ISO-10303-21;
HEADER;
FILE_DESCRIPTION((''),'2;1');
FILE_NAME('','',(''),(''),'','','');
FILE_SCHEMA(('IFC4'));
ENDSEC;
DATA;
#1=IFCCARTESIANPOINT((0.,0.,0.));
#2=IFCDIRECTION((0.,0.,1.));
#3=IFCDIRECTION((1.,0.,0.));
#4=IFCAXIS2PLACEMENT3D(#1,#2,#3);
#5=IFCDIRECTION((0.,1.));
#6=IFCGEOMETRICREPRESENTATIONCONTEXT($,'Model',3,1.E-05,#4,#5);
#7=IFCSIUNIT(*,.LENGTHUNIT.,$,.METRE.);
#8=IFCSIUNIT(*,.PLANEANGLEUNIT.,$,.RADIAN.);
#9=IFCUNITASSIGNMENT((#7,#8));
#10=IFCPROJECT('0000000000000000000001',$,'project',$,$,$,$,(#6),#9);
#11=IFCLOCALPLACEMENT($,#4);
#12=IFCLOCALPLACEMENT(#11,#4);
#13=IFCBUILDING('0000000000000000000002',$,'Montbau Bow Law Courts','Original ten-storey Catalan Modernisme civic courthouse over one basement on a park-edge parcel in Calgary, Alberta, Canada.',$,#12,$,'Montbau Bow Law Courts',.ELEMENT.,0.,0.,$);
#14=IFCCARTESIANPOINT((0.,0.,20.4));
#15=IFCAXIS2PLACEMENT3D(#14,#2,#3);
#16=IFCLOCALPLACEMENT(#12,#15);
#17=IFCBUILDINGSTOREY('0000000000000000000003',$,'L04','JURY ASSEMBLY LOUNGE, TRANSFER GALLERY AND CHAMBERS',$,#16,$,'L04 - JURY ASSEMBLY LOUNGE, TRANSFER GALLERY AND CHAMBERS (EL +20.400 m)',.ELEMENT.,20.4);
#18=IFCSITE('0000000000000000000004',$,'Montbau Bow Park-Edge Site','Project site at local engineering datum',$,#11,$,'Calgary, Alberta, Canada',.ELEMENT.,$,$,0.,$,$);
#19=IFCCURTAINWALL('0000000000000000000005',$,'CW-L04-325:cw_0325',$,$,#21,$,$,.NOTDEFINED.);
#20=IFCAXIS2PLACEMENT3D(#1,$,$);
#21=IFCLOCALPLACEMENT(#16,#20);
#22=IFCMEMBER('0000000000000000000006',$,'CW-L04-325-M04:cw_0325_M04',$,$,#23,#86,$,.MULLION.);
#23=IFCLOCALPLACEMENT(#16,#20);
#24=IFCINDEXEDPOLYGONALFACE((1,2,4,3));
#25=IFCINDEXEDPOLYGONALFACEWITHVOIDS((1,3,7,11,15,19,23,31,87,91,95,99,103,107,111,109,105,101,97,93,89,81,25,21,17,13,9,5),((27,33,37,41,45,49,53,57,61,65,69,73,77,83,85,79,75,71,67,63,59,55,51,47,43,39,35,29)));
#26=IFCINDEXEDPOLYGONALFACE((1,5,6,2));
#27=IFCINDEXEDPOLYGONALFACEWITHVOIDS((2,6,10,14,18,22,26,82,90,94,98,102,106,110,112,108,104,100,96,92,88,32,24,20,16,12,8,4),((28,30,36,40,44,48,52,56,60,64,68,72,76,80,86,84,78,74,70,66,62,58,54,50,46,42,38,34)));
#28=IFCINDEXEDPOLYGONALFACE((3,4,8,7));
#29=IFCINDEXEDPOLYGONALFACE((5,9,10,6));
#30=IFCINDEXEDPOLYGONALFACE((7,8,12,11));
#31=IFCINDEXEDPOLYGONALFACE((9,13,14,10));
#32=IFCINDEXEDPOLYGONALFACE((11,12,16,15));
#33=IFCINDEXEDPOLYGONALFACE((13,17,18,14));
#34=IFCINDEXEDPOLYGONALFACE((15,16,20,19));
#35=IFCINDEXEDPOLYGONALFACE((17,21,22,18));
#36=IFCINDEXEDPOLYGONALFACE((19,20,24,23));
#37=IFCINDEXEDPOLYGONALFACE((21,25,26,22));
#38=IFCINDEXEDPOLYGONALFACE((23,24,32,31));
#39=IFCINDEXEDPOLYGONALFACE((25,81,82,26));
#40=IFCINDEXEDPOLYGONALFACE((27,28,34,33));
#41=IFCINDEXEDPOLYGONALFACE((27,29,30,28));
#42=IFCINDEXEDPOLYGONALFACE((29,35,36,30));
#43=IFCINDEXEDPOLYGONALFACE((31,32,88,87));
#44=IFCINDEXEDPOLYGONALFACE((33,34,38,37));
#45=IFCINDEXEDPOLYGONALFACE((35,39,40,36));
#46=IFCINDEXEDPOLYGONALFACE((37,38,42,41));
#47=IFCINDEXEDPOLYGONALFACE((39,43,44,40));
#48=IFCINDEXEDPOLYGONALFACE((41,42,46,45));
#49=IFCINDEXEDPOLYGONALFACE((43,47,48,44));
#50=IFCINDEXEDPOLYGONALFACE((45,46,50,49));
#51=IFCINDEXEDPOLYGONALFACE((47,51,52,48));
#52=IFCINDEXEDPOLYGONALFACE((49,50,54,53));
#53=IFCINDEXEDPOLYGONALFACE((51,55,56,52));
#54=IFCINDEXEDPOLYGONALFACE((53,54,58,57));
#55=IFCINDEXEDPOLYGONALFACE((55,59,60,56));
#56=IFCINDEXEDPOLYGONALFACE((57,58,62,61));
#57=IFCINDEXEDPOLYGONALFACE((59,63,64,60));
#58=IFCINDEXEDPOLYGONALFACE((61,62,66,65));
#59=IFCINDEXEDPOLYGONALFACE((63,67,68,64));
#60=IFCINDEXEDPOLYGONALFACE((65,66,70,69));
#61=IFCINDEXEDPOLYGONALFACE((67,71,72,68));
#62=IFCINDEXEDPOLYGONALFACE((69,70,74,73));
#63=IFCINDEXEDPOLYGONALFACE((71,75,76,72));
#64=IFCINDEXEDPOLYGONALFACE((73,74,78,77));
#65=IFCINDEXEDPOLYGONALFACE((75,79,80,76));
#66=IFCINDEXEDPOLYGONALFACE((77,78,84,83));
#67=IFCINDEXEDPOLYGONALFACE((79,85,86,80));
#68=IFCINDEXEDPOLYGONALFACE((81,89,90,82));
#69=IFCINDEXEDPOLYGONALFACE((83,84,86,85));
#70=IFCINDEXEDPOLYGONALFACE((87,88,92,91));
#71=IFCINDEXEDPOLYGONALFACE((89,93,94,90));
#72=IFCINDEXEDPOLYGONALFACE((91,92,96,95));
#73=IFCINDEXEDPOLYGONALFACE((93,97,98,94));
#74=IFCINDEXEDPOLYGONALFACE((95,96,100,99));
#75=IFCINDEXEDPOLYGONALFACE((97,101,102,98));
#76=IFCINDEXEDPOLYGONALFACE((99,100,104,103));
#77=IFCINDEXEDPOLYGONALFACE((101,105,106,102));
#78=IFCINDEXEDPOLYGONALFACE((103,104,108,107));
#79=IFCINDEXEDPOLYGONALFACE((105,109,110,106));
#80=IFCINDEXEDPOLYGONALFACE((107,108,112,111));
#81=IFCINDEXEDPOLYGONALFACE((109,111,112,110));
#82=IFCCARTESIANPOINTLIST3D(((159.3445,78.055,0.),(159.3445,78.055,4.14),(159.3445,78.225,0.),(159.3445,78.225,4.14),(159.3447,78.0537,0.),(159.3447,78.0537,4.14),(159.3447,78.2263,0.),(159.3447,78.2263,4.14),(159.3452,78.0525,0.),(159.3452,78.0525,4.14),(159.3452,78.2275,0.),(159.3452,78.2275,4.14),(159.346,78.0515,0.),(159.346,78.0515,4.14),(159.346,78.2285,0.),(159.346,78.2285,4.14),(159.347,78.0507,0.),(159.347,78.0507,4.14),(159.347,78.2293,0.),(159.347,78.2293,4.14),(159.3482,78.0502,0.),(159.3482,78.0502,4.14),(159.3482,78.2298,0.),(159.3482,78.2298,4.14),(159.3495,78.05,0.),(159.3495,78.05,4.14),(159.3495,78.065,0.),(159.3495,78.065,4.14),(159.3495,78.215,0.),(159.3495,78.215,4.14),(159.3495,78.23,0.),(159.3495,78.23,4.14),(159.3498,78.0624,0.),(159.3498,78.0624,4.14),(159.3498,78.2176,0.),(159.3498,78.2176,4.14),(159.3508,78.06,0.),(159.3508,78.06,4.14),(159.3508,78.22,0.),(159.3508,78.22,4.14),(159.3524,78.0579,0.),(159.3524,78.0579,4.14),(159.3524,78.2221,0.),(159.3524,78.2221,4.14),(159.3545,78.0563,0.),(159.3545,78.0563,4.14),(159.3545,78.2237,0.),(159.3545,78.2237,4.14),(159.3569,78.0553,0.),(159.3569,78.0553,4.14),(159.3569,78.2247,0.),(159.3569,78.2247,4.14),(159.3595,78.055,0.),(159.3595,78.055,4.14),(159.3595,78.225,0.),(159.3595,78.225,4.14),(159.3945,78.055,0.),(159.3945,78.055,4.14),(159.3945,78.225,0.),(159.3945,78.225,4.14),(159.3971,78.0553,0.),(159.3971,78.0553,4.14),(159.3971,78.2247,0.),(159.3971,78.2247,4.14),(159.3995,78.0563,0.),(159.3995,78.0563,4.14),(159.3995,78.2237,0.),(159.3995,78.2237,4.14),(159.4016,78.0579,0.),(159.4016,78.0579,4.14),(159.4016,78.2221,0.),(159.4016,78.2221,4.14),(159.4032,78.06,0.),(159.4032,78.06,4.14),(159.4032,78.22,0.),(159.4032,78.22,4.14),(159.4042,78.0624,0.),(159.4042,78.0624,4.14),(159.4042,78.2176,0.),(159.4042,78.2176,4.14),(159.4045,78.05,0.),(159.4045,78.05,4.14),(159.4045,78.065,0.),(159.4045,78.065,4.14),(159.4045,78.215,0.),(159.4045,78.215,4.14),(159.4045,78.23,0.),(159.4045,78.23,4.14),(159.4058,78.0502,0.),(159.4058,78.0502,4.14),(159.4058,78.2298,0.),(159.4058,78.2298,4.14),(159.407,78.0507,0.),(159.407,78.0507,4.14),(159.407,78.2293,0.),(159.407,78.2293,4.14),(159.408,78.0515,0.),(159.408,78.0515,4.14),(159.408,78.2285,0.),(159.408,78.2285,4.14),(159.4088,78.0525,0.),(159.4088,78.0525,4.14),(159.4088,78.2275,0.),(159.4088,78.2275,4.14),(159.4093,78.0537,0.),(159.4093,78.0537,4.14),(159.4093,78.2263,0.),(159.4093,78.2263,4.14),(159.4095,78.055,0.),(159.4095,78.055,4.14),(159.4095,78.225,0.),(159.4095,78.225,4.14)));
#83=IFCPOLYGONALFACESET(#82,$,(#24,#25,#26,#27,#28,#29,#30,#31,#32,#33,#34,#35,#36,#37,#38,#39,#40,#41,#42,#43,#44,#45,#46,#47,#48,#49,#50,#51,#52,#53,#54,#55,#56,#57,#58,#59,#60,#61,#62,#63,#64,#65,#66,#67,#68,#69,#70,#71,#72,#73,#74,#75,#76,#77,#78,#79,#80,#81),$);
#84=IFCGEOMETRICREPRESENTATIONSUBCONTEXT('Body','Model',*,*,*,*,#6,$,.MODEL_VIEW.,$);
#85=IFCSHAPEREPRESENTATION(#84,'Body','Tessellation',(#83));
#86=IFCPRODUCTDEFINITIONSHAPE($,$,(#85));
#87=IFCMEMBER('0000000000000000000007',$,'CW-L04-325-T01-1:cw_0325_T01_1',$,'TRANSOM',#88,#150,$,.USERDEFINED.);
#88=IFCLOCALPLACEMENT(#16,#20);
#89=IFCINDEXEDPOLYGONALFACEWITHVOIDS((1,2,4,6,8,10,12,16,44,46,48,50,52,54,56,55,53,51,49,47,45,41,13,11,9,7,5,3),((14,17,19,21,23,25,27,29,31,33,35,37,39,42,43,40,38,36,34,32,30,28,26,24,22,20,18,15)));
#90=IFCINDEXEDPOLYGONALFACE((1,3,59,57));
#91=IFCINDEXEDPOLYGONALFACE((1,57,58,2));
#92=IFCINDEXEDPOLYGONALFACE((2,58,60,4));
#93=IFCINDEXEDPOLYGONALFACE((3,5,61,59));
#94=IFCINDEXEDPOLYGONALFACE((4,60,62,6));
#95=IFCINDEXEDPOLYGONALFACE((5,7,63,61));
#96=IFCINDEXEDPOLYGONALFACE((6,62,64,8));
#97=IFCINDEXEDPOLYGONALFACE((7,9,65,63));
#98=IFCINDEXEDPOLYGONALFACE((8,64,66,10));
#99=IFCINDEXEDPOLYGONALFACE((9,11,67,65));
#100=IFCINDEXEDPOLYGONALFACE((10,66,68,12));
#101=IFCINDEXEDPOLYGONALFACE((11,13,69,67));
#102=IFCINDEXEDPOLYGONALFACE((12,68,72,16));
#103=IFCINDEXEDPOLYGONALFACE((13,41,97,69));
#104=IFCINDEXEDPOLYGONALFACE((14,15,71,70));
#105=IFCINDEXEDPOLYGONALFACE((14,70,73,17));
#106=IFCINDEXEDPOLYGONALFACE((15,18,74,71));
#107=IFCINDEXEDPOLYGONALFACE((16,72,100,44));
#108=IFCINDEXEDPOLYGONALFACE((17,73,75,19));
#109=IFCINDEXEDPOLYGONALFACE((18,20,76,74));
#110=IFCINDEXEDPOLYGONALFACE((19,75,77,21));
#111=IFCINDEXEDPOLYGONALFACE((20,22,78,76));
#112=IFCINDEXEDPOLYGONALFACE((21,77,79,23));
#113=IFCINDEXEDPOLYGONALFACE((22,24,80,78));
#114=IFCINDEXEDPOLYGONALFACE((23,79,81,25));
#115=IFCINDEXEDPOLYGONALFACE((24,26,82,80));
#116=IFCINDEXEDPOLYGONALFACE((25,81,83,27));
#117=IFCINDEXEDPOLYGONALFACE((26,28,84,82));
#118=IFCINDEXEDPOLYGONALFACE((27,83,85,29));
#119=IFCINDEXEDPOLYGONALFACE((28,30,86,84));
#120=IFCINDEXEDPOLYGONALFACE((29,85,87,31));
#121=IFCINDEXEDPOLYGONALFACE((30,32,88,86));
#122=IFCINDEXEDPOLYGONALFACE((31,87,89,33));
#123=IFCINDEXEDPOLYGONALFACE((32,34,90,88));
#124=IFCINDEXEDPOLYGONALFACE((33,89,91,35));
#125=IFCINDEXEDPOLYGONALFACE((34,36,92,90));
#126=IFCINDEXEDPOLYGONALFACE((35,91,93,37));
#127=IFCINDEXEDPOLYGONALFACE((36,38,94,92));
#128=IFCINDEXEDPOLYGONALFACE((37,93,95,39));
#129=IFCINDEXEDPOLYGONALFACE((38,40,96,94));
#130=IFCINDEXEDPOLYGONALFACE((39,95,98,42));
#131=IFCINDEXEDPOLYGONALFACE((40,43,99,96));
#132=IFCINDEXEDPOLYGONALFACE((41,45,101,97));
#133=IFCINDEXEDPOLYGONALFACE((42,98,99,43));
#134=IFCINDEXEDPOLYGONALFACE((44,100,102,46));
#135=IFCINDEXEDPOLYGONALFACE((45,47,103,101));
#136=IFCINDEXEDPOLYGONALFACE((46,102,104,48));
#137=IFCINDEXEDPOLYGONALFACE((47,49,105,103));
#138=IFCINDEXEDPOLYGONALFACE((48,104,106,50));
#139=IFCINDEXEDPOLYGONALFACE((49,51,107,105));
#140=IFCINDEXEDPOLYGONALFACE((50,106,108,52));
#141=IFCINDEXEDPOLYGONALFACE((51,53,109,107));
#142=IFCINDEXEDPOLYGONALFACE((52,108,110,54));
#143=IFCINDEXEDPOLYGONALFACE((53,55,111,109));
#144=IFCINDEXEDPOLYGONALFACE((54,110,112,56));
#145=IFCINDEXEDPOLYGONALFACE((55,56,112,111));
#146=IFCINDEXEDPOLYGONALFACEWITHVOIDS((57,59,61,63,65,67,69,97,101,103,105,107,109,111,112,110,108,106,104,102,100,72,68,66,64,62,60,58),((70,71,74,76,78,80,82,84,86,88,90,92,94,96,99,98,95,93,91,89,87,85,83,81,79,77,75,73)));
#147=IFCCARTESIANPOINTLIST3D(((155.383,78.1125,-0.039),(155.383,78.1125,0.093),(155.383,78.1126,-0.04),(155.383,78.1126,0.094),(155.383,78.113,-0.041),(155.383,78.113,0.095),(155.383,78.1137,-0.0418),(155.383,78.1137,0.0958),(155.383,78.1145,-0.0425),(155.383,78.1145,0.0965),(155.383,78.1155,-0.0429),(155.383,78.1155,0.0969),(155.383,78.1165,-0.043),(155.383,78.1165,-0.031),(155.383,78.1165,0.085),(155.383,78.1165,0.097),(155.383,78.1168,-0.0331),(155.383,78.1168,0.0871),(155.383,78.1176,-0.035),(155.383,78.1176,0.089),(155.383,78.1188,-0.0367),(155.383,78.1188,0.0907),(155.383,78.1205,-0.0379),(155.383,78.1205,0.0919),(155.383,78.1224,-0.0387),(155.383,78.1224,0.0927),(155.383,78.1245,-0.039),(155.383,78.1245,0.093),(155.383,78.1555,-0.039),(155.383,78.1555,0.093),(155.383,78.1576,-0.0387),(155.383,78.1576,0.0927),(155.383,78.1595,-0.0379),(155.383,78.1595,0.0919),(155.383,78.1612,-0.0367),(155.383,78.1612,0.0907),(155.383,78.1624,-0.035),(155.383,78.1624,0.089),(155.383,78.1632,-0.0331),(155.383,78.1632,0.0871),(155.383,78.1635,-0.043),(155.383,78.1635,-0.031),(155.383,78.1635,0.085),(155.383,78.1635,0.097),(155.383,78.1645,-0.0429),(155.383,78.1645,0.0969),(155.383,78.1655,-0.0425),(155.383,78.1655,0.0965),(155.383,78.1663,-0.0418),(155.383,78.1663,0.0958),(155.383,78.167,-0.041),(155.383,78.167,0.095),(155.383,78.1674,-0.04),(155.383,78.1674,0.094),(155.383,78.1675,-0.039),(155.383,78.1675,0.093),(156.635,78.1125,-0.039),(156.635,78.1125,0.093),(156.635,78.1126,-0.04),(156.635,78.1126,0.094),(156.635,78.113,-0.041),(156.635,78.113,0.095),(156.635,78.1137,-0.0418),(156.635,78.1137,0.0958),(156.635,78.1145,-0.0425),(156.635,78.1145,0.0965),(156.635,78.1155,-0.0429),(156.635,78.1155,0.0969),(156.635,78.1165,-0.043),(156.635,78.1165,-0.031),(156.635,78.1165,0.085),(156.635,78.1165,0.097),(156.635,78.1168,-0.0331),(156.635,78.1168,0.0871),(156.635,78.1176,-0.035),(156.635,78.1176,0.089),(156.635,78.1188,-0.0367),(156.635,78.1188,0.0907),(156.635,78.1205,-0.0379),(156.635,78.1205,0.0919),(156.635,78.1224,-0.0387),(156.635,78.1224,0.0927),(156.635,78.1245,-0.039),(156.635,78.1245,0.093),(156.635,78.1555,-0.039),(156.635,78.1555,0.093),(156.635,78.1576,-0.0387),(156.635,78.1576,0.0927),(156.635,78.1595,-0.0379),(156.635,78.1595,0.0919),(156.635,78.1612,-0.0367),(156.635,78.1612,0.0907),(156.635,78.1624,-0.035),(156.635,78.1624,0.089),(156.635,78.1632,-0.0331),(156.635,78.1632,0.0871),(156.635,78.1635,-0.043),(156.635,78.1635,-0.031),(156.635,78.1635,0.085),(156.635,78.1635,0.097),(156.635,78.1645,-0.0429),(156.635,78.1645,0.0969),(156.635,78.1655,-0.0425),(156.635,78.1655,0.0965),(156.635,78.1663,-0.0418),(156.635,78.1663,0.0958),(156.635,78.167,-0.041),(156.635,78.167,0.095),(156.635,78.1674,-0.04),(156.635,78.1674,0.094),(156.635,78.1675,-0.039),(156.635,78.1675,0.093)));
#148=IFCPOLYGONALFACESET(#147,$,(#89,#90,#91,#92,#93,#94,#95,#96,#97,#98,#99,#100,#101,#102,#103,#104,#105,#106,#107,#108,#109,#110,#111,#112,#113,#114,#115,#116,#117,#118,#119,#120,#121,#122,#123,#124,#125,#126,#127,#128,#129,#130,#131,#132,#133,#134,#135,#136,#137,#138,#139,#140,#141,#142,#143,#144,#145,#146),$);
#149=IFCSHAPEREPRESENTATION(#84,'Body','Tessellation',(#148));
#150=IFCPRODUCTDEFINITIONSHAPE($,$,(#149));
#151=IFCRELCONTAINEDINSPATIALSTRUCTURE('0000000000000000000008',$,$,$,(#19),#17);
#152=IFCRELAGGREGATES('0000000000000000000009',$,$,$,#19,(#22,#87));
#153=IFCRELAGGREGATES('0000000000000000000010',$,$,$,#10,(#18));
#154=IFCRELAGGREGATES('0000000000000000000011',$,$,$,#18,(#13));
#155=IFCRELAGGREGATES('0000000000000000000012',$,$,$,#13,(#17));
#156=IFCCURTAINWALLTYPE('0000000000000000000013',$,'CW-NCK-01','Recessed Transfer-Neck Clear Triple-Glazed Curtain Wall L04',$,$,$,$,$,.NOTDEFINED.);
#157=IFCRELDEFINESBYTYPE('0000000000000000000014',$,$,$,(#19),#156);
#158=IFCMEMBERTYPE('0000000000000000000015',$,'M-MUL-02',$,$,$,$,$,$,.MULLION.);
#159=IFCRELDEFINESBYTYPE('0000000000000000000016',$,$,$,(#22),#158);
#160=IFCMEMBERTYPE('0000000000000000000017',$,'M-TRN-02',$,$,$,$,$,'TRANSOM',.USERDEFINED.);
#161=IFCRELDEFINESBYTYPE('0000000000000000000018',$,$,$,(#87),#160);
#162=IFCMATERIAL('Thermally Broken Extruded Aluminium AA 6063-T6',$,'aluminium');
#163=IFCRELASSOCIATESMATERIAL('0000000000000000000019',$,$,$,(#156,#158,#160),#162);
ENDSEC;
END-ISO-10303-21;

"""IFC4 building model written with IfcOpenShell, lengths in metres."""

from ifc_helpers import new_model, si_unit, direction, frame, origin_with_axes, origin_2d_with_axis, place, context, subcontext, project, spatial, hollow_rectangle, extrude, material, material_profile, profile_set, type_object, element, aggregate, save


model = new_model("IFC4")

# Units and contexts
model_context = context("Model", 3, precision=1e-05, world=origin_with_axes(), true_north=direction((0.0, 1.0)))
body_context = subcontext(model_context, "Body", "Model", "MODEL_VIEW")
ifc_project = project(units=[si_unit("LENGTHUNIT", "METRE"), si_unit("PLANEANGLEUNIT", "RADIAN")], contexts=[model_context])

# Site, building, storey
site_placement = place(None, origin_with_axes())
site = spatial("IfcSite", under=ifc_project, at=site_placement, Name="Montbau Bow Park-Edge Site", Description="Project site at local engineering datum", LongName="Calgary, Alberta, Canada", CompositionType="ELEMENT", RefElevation=0.0)
building_placement = place(site_placement, origin_with_axes())
building = spatial("IfcBuilding", under=site, at=building_placement, Name="Montbau Bow Law Courts", Description="Original ten-storey Catalan Modernisme civic courthouse over one basement on a park-edge parcel in Calgary, Alberta, Canada.", LongName="Montbau Bow Law Courts", CompositionType="ELEMENT", ElevationOfRefHeight=0.0, ElevationOfTerrain=0.0)
storey_placement = place(building_placement, frame((0.0, 0.0, 20.4), z_axis=(0.0, 0.0, 1.0), x_axis=(1.0, 0.0, 0.0)))
storey = spatial("IfcBuildingStorey", under=building, at=storey_placement, Name="L04", Description="JURY ASSEMBLY LOUNGE, TRANSFER GALLERY AND CHAMBERS", LongName="L04 - JURY ASSEMBLY LOUNGE, TRANSFER GALLERY AND CHAMBERS (EL +20.400 m)", CompositionType="ELEMENT", Elevation=20.4)

# Curtain wall, members
ifc_material_1 = material(Name="Thermally Broken Extruded Aluminium AA 6063-T6", Category="aluminium")
curtain_wall_type = type_object("IfcCurtainWallType", Name="CW-NCK-01", Description="Recessed Transfer-Neck Clear Triple-Glazed Curtain Wall L04", PredefinedType="NOTDEFINED", material=ifc_material_1)
curtain_wall_placement = place(None, frame((155.315, 78.14, 20.4), z_axis=(0.0, 0.0, 1.0), x_axis=(1.0, 0.0, 0.0)))
curtain_wall = element("IfcCurtainWall", 1, at=curtain_wall_placement, inside=storey, type_object=curtain_wall_type, Name="CW-L04-325:cw_0325", PredefinedType="NOTDEFINED")
ifc_material_profile_1 = material_profile(ifc_material_1, hollow_rectangle(XDim=0.065, YDim=0.18, WallThickness=0.005, InnerFilletRadius=0.01, OuterFilletRadius=0.005, at=origin_2d_with_axis()), Name="CWM-180X65", Category="Main", Priority=0)
ifc_profile_set_1 = profile_set([ifc_material_profile_1], Name="Thermally Broken Extruded Aluminium AA 6063-T6")
member_type_1 = type_object("IfcMemberType", Name="M-MUL-02", PredefinedType="MULLION", material=ifc_profile_set_1)
member_1_placement = place(None, frame((159.377, 78.14, 20.4), z_axis=(0.0, 0.0, 1.0), x_axis=(1.0, 0.0, 0.0)))
member_1 = element("IfcMember", 2, at=member_1_placement, type_object=member_type_1, Name="CW-L04-325-M04:cw_0325_M04", PredefinedType="MULLION", context=body_context, shape_type="SweptSolid", body=[
    extrude(hollow_rectangle(XDim=0.065, YDim=0.18, WallThickness=0.005, InnerFilletRadius=0.01, OuterFilletRadius=0.005, at=origin_2d_with_axis()), origin_with_axes(), (0.0, 0.0, 1.0), 4.14),
])
ifc_material_profile_2 = material_profile(ifc_material_1, hollow_rectangle(XDim=0.055, YDim=0.14, WallThickness=0.004, InnerFilletRadius=0.008, OuterFilletRadius=0.004, at=origin_2d_with_axis()), Name="CWT-140X55", Category="Main", Priority=0)
ifc_profile_set_2 = profile_set([ifc_material_profile_2], Name="Thermally Broken Extruded Aluminium AA 6063-T6")
member_type_2 = type_object("IfcMemberType", Name="M-TRN-02", ElementType="TRANSOM", PredefinedType="USERDEFINED", material=ifc_profile_set_2)
member_2_placement = place(None, frame((155.383, 78.14, 20.427), z_axis=(1.0, 0.0, 0.0), x_axis=(0.0, 1.0, 0.0)))
member_2 = element("IfcMember", 3, at=member_2_placement, type_object=member_type_2, Name="CW-L04-325-T01-1:cw_0325_T01_1", ObjectType="TRANSOM", PredefinedType="USERDEFINED", context=body_context, shape_type="SweptSolid", body=[
    extrude(hollow_rectangle(XDim=0.055, YDim=0.14, WallThickness=0.004, InnerFilletRadius=0.008, OuterFilletRadius=0.004, at=origin_2d_with_axis()), origin_with_axes(), (0.0, 0.0, 1.0), 1.252),
])
aggregate(curtain_wall, [member_1, member_2])

save(model, "model.ifc")
